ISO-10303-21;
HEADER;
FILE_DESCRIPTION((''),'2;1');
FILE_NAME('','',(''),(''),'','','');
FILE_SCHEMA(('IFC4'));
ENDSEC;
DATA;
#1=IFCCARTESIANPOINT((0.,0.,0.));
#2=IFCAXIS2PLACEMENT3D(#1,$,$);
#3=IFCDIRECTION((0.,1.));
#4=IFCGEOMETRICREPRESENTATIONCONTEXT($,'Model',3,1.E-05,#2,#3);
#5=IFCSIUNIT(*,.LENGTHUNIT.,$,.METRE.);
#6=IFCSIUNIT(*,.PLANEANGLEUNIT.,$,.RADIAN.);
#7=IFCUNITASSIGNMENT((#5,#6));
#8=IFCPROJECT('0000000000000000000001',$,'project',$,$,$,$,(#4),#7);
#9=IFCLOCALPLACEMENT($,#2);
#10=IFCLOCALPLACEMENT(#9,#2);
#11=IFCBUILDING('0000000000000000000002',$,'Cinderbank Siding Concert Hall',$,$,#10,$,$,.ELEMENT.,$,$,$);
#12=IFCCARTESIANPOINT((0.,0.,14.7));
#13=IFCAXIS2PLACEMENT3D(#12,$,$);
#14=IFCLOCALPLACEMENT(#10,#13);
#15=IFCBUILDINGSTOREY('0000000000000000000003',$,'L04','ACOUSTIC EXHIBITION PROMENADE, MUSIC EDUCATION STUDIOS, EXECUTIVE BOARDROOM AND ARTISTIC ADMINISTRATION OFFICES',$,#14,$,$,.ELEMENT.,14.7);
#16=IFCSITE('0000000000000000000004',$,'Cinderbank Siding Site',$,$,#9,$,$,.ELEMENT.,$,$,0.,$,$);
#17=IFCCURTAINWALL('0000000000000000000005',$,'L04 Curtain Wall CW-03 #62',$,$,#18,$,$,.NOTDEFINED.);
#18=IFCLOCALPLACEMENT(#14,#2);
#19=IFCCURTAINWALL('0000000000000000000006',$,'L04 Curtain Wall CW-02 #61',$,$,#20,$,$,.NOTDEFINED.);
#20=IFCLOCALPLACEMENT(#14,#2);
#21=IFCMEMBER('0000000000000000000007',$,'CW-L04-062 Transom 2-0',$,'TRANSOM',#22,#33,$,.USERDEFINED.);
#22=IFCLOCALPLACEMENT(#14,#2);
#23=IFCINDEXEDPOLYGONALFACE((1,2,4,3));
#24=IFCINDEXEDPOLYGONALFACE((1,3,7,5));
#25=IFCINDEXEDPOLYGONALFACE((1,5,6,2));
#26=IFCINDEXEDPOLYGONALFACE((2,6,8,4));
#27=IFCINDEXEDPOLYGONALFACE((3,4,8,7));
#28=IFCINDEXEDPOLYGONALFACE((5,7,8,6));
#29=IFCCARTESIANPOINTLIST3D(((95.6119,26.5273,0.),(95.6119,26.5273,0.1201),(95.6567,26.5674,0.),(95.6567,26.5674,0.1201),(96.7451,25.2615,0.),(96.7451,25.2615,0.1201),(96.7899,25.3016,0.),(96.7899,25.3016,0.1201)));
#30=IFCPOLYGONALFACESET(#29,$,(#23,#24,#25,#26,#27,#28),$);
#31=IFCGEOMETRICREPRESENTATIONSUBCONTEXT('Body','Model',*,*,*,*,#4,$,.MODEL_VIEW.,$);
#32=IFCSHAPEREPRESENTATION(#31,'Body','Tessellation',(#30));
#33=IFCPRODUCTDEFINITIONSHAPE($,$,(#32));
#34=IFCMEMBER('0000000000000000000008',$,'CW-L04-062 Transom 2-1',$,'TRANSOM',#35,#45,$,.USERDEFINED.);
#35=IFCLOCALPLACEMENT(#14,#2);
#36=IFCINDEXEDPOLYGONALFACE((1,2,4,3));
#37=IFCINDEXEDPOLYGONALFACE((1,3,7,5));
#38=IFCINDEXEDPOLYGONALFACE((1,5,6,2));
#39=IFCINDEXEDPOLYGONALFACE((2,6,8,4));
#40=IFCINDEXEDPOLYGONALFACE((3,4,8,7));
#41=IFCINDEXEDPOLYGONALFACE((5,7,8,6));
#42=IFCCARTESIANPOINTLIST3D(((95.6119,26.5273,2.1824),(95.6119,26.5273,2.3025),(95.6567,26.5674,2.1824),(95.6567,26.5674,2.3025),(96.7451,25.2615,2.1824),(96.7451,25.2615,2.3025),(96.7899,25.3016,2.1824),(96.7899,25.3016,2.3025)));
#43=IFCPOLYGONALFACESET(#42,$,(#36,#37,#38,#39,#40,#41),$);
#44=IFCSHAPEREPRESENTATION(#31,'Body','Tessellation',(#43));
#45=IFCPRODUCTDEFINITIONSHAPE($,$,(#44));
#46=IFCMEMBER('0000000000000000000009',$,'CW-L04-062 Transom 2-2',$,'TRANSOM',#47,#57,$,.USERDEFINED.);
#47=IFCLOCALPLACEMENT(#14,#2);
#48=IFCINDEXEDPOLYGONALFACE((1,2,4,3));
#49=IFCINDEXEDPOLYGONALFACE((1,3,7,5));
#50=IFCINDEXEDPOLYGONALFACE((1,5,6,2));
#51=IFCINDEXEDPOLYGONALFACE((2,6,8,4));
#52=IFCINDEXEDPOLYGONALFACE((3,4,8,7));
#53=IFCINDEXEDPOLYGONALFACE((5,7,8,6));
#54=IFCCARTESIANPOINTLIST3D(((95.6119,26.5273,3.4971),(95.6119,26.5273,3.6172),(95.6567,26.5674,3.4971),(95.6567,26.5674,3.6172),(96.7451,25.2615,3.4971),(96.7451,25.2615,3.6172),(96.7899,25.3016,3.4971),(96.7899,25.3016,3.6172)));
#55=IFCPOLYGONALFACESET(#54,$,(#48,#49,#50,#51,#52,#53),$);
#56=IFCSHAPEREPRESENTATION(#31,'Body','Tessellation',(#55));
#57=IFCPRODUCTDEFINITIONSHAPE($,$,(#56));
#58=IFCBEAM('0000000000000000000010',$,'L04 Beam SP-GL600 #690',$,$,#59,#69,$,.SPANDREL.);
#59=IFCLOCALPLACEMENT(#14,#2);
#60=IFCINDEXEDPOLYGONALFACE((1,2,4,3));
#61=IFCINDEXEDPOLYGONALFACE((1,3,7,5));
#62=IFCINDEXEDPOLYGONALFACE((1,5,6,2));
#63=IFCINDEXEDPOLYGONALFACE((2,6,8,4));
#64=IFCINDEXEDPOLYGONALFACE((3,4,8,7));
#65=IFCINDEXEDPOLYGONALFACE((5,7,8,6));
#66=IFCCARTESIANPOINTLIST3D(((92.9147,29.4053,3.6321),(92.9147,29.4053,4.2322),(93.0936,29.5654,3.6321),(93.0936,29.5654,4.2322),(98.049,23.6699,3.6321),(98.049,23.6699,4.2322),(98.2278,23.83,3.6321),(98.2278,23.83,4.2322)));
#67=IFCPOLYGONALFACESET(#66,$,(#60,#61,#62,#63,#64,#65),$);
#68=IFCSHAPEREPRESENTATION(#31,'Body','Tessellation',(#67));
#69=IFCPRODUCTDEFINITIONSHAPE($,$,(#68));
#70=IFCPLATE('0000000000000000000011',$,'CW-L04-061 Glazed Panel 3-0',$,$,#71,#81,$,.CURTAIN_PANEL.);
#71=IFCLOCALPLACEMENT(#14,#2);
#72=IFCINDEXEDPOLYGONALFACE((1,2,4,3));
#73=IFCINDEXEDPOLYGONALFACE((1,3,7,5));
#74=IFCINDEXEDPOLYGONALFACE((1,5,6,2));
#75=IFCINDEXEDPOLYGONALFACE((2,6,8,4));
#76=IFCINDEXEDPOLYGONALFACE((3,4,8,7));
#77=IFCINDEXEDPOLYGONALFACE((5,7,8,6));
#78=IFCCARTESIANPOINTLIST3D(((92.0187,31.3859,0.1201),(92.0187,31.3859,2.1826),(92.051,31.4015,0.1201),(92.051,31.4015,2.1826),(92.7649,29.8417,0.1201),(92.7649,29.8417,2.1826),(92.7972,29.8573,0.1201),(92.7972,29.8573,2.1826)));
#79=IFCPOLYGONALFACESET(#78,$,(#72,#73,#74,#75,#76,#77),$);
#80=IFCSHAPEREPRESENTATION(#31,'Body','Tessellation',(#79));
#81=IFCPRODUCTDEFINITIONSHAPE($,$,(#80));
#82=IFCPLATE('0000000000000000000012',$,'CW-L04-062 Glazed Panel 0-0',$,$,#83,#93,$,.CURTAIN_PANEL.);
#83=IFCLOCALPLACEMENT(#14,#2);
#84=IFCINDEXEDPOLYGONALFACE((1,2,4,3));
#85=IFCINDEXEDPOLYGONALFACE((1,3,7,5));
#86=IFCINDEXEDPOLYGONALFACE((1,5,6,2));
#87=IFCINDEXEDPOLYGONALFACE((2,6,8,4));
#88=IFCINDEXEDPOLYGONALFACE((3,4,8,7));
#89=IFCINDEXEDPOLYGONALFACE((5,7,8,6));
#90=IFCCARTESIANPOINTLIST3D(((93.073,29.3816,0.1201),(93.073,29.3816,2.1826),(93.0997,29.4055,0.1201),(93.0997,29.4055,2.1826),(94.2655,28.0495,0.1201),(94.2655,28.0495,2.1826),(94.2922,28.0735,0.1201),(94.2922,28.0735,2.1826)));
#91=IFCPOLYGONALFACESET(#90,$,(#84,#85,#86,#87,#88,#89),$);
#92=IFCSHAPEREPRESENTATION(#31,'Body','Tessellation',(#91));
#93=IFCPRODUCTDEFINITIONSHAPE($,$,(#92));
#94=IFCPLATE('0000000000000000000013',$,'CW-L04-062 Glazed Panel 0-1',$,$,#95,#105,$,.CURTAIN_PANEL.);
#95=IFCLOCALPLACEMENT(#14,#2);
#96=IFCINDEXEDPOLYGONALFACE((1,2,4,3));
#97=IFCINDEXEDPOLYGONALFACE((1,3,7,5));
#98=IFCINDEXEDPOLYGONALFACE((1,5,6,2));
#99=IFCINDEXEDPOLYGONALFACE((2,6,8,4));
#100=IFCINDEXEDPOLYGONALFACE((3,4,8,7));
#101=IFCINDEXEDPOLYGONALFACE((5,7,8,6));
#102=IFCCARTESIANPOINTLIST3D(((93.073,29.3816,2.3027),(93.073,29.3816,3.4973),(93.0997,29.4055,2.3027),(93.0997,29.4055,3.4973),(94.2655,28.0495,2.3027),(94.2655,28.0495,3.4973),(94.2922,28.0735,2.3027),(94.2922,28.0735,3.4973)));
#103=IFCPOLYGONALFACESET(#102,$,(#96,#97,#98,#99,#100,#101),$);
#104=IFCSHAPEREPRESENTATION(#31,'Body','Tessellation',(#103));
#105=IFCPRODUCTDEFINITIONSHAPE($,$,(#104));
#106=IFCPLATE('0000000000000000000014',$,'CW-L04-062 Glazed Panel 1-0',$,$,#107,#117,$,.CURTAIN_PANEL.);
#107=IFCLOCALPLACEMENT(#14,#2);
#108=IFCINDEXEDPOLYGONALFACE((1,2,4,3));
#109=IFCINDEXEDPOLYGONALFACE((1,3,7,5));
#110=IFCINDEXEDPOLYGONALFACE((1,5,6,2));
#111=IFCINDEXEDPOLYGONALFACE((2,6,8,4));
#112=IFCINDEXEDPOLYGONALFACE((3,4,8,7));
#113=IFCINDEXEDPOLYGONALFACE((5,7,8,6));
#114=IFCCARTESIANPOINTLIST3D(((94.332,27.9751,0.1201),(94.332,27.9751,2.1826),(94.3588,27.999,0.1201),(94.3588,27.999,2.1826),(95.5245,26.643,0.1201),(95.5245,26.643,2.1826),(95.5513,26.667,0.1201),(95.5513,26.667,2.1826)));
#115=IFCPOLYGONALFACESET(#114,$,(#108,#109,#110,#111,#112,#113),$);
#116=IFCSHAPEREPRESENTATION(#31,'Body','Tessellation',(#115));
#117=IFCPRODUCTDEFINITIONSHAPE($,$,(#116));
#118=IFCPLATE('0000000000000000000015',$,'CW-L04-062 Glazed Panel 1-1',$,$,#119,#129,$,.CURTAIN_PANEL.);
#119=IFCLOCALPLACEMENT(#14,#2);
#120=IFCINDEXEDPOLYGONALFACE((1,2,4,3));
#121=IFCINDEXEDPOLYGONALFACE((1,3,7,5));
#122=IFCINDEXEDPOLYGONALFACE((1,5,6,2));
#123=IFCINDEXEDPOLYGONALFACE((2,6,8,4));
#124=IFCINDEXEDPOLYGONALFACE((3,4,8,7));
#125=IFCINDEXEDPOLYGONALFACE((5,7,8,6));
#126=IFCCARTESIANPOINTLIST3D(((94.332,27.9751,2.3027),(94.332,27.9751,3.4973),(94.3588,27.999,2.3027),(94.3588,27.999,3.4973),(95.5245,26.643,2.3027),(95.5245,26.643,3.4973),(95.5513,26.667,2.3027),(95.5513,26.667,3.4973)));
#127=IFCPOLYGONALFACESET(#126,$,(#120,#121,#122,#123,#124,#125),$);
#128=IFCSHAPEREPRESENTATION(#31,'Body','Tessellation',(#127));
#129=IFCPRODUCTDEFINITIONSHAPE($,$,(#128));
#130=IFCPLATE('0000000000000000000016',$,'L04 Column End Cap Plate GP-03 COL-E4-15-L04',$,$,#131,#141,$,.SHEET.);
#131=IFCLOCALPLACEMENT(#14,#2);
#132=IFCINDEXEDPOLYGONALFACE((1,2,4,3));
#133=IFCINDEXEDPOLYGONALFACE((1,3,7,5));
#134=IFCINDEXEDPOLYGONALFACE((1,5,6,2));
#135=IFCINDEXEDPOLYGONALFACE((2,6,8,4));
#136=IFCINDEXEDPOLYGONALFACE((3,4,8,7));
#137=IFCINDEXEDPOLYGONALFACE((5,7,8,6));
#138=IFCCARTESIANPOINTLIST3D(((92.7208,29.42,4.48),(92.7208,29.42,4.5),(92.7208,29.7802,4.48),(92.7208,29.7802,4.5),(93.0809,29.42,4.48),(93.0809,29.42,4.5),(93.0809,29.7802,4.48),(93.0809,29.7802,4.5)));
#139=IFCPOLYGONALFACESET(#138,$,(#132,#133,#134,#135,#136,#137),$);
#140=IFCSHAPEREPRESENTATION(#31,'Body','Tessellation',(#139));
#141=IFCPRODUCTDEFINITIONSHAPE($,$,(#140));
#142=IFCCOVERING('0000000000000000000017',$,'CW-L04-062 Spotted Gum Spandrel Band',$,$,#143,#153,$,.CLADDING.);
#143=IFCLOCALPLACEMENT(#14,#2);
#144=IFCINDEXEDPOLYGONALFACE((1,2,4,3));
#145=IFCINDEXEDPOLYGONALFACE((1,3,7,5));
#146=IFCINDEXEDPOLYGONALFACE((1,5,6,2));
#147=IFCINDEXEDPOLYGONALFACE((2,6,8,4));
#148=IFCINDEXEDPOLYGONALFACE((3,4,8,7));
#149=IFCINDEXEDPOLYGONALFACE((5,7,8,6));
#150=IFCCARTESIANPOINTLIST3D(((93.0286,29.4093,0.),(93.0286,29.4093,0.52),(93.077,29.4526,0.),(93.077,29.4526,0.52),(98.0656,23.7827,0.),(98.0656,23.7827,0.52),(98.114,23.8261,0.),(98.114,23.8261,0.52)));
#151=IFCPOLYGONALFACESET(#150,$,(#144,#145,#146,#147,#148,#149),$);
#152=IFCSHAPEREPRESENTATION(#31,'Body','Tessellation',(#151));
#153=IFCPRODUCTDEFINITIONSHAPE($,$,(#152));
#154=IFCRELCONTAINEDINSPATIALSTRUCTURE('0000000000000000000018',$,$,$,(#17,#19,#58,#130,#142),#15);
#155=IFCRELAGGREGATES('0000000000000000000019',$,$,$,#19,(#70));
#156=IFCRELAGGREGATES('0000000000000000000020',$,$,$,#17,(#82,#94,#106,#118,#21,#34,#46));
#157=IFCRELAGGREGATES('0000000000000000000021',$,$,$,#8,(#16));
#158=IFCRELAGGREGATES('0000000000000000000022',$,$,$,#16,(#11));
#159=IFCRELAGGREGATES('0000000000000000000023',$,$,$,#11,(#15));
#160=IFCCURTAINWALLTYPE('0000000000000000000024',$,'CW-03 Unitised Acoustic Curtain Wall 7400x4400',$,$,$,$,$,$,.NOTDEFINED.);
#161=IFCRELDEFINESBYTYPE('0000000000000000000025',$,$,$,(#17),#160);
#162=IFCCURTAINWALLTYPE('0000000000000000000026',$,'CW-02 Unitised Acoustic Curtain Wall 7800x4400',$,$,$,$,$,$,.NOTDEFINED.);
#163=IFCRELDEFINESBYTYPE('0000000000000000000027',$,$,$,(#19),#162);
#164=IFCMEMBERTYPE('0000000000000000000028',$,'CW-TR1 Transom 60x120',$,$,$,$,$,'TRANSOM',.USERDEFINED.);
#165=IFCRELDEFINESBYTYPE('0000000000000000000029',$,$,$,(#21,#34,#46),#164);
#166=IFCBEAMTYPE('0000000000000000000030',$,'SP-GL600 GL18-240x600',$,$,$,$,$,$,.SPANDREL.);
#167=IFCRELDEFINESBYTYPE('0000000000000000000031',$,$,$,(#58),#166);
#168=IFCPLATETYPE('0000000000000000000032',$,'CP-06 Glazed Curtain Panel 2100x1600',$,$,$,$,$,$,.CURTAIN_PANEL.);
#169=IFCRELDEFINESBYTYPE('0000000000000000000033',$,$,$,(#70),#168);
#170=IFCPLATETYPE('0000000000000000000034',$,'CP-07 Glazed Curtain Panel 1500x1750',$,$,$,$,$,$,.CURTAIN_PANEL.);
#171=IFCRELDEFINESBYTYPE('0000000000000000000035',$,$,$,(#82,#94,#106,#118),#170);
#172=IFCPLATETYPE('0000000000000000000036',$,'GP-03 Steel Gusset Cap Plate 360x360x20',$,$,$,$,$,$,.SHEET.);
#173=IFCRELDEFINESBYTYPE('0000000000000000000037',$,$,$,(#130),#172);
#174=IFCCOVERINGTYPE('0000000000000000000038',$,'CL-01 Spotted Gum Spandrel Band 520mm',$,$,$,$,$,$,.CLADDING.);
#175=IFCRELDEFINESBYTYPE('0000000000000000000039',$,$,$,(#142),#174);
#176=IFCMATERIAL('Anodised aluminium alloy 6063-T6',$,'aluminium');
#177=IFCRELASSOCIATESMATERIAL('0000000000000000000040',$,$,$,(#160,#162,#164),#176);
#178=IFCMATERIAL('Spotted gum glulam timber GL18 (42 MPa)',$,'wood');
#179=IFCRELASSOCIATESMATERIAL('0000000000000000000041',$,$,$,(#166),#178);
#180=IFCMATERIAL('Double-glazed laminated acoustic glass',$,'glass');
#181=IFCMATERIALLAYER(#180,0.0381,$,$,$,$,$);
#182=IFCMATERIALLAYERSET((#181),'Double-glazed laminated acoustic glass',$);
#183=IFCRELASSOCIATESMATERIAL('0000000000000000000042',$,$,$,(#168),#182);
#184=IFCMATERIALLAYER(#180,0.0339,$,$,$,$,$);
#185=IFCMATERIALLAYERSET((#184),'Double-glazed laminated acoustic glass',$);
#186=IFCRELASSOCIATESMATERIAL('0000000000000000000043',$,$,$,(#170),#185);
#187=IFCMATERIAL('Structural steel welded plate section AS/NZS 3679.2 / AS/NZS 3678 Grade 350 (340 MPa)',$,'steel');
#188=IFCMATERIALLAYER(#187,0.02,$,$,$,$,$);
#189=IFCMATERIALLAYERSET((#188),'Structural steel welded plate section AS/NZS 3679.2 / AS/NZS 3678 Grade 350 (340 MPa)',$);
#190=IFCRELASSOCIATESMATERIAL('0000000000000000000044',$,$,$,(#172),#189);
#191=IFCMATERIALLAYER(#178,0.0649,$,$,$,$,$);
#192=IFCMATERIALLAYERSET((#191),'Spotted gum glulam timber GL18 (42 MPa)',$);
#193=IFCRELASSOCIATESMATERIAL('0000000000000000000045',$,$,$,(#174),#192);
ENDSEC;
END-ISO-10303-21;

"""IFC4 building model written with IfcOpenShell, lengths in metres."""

from ifc_helpers import new_model, si_unit, direction, frame, origin, origin_2d, place, context, subcontext, project, spatial, rectangle, extrude, material, layer, layer_set, material_profile, profile_set, type_object, element, aggregate, save


model = new_model("IFC4")

# Units and contexts
model_context = context("Model", 3, precision=1e-05, world=origin(), true_north=direction((0.0, 1.0)))
body_context = subcontext(model_context, "Body", "Model", "MODEL_VIEW")
ifc_project = project(units=[si_unit("LENGTHUNIT", "METRE"), si_unit("PLANEANGLEUNIT", "RADIAN")], contexts=[model_context])

# Site, building, storey
site_placement = place(None, origin())
site = spatial("IfcSite", under=ifc_project, at=site_placement, Name="Cinderbank Siding Site", CompositionType="ELEMENT", RefElevation=0.0)
building_placement = place(site_placement, origin())
building = spatial("IfcBuilding", under=site, at=building_placement, Name="Cinderbank Siding Concert Hall", CompositionType="ELEMENT")
storey_placement = place(building_placement, frame((0.0, 0.0, 14.7)))
storey = spatial("IfcBuildingStorey", under=building, at=storey_placement, Name="L04", Description="ACOUSTIC EXHIBITION PROMENADE, MUSIC EDUCATION STUDIOS, EXECUTIVE BOARDROOM AND ARTISTIC ADMINISTRATION OFFICES", CompositionType="ELEMENT", Elevation=14.7)

# Curtain wall
ifc_material_1 = material(Name="Anodised aluminium alloy 6063-T6", Category="aluminium")
curtain_wall_type_1 = type_object("IfcCurtainWallType", Name="CW-03 Unitised Acoustic Curtain Wall 7400x4400", PredefinedType="NOTDEFINED", material=ifc_material_1)
curtain_wall_1_placement = place(storey_placement, origin())
curtain_wall_1 = element("IfcCurtainWall", 1, at=curtain_wall_1_placement, inside=storey, type_object=curtain_wall_type_1, Name="L04 Curtain Wall CW-03 #62", PredefinedType="NOTDEFINED")

# Curtain wall
curtain_wall_type_2 = type_object("IfcCurtainWallType", Name="CW-02 Unitised Acoustic Curtain Wall 7800x4400", PredefinedType="NOTDEFINED", material=ifc_material_1)
curtain_wall_2_placement = place(storey_placement, origin())
curtain_wall_2 = element("IfcCurtainWall", 2, at=curtain_wall_2_placement, inside=storey, type_object=curtain_wall_type_2, Name="L04 Curtain Wall CW-02 #61", PredefinedType="NOTDEFINED")

# Members
ifc_material_profile_1 = material_profile(ifc_material_1, rectangle(XDim=0.0601, YDim=0.1201, at=origin_2d()), Name="ALU-TRAN-60x120", Category="LoadBearing")
ifc_profile_set_1 = profile_set([ifc_material_profile_1], Name="Anodised aluminium alloy 6063-T6")
member_type_1 = type_object("IfcMemberType", Name="CW-TR1 Transom 60x120", ElementType="TRANSOM", PredefinedType="USERDEFINED", material=ifc_profile_set_1)
member_1_placement = place(storey_placement, frame((95.6343, 26.5474, 0.0601), z_axis=(0.667017, -0.745042, 0.0), x_axis=(0.745042, 0.667017, 0.0)))
member_1 = element("IfcMember", 3, at=member_1_placement, type_object=member_type_1, Name="CW-L04-062 Transom 2-0", ObjectType="TRANSOM", PredefinedType="USERDEFINED", context=body_context, shape_type="SweptSolid", body=[
    extrude(rectangle(XDim=0.0601, YDim=0.1201, at=origin_2d()), origin(), (0.0, 0.0, 1.0), 1.699),
])
member_2_placement = place(storey_placement, frame((95.6343, 26.5474, 2.2424), z_axis=(0.667017, -0.745042, 0.0), x_axis=(0.745042, 0.667017, 0.0)))
member_2 = element("IfcMember", 4, at=member_2_placement, type_object=member_type_1, Name="CW-L04-062 Transom 2-1", ObjectType="TRANSOM", PredefinedType="USERDEFINED", context=body_context, shape_type="SweptSolid", body=[
    extrude(rectangle(XDim=0.0601, YDim=0.1201, at=origin_2d()), origin(), (0.0, 0.0, 1.0), 1.699),
])
member_3_placement = place(storey_placement, frame((95.6343, 26.5474, 3.5571), z_axis=(0.667017, -0.745042, 0.0), x_axis=(0.745042, 0.667017, 0.0)))
member_3 = element("IfcMember", 5, at=member_3_placement, type_object=member_type_1, Name="CW-L04-062 Transom 2-2", ObjectType="TRANSOM", PredefinedType="USERDEFINED", context=body_context, shape_type="SweptSolid", body=[
    extrude(rectangle(XDim=0.0601, YDim=0.1201, at=origin_2d()), origin(), (0.0, 0.0, 1.0), 1.699),
])

# Beam
ifc_material_2 = material(Name="Spotted gum glulam timber GL18 (42 MPa)", Category="wood")
ifc_material_profile_2 = material_profile(ifc_material_2, rectangle(XDim=0.24, YDim=0.6001, at=origin_2d()), Name="GL18-240x600", Category="LoadBearing")
ifc_profile_set_2 = profile_set([ifc_material_profile_2], Name="Spotted gum glulam timber GL18 (42 MPa)")
beam_type = type_object("IfcBeamType", Name="SP-GL600 GL18-240x600", PredefinedType="SPANDREL", material=ifc_profile_set_2)
beam_placement = place(storey_placement, frame((93.0042, 29.4854, 3.9321), z_axis=(0.666986, -0.74507, 0.0), x_axis=(0.74507, 0.666986, 0.0)))
element("IfcBeam", 6, at=beam_placement, inside=storey, type_object=beam_type, Name="L04 Beam SP-GL600 #690", PredefinedType="SPANDREL", context=body_context, shape_type="SweptSolid", body=[
    extrude(rectangle(XDim=0.24, YDim=0.6001, at=origin_2d()), origin(), (0.0, 0.0, 1.0), 7.6978),
])

# Plates
ifc_material_3 = material(Name="Double-glazed laminated acoustic glass", Category="glass")
ifc_layer_1 = layer(ifc_material_3, 0.0381)
ifc_layer_set_1 = layer_set([ifc_layer_1], Name="Double-glazed laminated acoustic glass")
plate_type_1 = type_object("IfcPlateType", Name="CP-06 Glazed Curtain Panel 2100x1600", PredefinedType="CURTAIN_PANEL", material=ifc_layer_set_1)
plate_1_placement = place(storey_placement, frame((92.408, 30.6216, 0.1201), z_axis=(0.0, 0.0, 1.0), x_axis=(0.435102, -0.900381, 0.0)))
plate_1 = element("IfcPlate", 7, at=plate_1_placement, type_object=plate_type_1, Name="CW-L04-061 Glazed Panel 3-0", PredefinedType="CURTAIN_PANEL", context=body_context, shape_type="SweptSolid", body=[
    extrude(rectangle(XDim=1.7151, YDim=0.0359, at=origin_2d()), origin(), (0.0, 0.0, 1.0), 2.0625),
])
aggregate(curtain_wall_2, [plate_1])
ifc_layer_2 = layer(ifc_material_3, 0.0339)
ifc_layer_set_2 = layer_set([ifc_layer_2], Name="Double-glazed laminated acoustic glass")
plate_type_2 = type_object("IfcPlateType", Name="CP-07 Glazed Curtain Panel 1500x1750", PredefinedType="CURTAIN_PANEL", material=ifc_layer_set_2)
plate_2_placement = place(storey_placement, frame((93.6826, 28.7275, 0.1201), z_axis=(0.0, 0.0, 1.0), x_axis=(0.666993, -0.745064, 0.0)))
plate_2 = element("IfcPlate", 8, at=plate_2_placement, type_object=plate_type_2, Name="CW-L04-062 Glazed Panel 0-0", PredefinedType="CURTAIN_PANEL", context=body_context, shape_type="SweptSolid", body=[
    extrude(rectangle(XDim=1.7878, YDim=0.0359, at=origin_2d()), origin(), (0.0, 0.0, 1.0), 2.0625),
])
plate_3_placement = place(storey_placement, frame((93.6826, 28.7275, 2.3027), z_axis=(0.0, 0.0, 1.0), x_axis=(0.666993, -0.745064, 0.0)))
plate_3 = element("IfcPlate", 9, at=plate_3_placement, type_object=plate_type_2, Name="CW-L04-062 Glazed Panel 0-1", PredefinedType="CURTAIN_PANEL", context=body_context, shape_type="SweptSolid", body=[
    extrude(rectangle(XDim=1.7878, YDim=0.0359, at=origin_2d()), origin(), (0.0, 0.0, 1.0), 1.1946),
])
plate_4_placement = place(storey_placement, frame((94.9417, 27.321, 0.1201), z_axis=(0.0, 0.0, 1.0), x_axis=(0.666993, -0.745064, 0.0)))
plate_4 = element("IfcPlate", 10, at=plate_4_placement, type_object=plate_type_2, Name="CW-L04-062 Glazed Panel 1-0", PredefinedType="CURTAIN_PANEL", context=body_context, shape_type="SweptSolid", body=[
    extrude(rectangle(XDim=1.7878, YDim=0.0359, at=origin_2d()), origin(), (0.0, 0.0, 1.0), 2.0625),
])
plate_5_placement = place(storey_placement, frame((94.9417, 27.321, 2.3027), z_axis=(0.0, 0.0, 1.0), x_axis=(0.666993, -0.745064, 0.0)))
plate_5 = element("IfcPlate", 11, at=plate_5_placement, type_object=plate_type_2, Name="CW-L04-062 Glazed Panel 1-1", PredefinedType="CURTAIN_PANEL", context=body_context, shape_type="SweptSolid", body=[
    extrude(rectangle(XDim=1.7878, YDim=0.0359, at=origin_2d()), origin(), (0.0, 0.0, 1.0), 1.1946),
])
aggregate(curtain_wall_1, [plate_2, plate_3, plate_4, plate_5, member_1, member_2, member_3])
ifc_material_4 = material(Name="Structural steel welded plate section AS/NZS 3679.2 / AS/NZS 3678 Grade 350 (340 MPa)", Category="steel")
ifc_layer_3 = layer(ifc_material_4, 0.02)
ifc_layer_set_3 = layer_set([ifc_layer_3], Name="Structural steel welded plate section AS/NZS 3679.2 / AS/NZS 3678 Grade 350 (340 MPa)")
plate_type_3 = type_object("IfcPlateType", Name="GP-03 Steel Gusset Cap Plate 360x360x20", PredefinedType="SHEET", material=ifc_layer_set_3)
plate_6_placement = place(storey_placement, frame((92.9009, 29.6001, 4.48), z_axis=(0.0, 0.0, 1.0), x_axis=(1.0, 0.0, 0.0)))
element("IfcPlate", 12, at=plate_6_placement, inside=storey, type_object=plate_type_3, Name="L04 Column End Cap Plate GP-03 COL-E4-15-L04", PredefinedType="SHEET", context=body_context, shape_type="SweptSolid", body=[
    extrude(rectangle(XDim=0.3601, YDim=0.3601, at=origin_2d()), origin(), (0.0, 0.0, 1.0), 0.02),
])

# Covering
ifc_layer_4 = layer(ifc_material_2, 0.0649)
ifc_layer_set_4 = layer_set([ifc_layer_4], Name="Spotted gum glulam timber GL18 (42 MPa)")
covering_type = type_object("IfcCoveringType", Name="CL-01 Spotted Gum Spandrel Band 520mm", PredefinedType="CLADDING", material=ifc_layer_set_4)
covering_placement = place(storey_placement, frame((95.5713, 26.6177, 0.0), z_axis=(0.0, 0.0, 1.0), x_axis=(0.666993, -0.745064, 0.0)))
element("IfcCovering", 13, at=covering_placement, inside=storey, type_object=covering_type, Name="CW-L04-062 Spotted Gum Spandrel Band", PredefinedType="CLADDING", context=body_context, shape_type="SweptSolid", body=[
    extrude(rectangle(XDim=7.5518, YDim=0.0649, at=origin_2d()), origin(), (0.0, 0.0, 1.0), 0.52),
])

save(model, "model.ifc")
